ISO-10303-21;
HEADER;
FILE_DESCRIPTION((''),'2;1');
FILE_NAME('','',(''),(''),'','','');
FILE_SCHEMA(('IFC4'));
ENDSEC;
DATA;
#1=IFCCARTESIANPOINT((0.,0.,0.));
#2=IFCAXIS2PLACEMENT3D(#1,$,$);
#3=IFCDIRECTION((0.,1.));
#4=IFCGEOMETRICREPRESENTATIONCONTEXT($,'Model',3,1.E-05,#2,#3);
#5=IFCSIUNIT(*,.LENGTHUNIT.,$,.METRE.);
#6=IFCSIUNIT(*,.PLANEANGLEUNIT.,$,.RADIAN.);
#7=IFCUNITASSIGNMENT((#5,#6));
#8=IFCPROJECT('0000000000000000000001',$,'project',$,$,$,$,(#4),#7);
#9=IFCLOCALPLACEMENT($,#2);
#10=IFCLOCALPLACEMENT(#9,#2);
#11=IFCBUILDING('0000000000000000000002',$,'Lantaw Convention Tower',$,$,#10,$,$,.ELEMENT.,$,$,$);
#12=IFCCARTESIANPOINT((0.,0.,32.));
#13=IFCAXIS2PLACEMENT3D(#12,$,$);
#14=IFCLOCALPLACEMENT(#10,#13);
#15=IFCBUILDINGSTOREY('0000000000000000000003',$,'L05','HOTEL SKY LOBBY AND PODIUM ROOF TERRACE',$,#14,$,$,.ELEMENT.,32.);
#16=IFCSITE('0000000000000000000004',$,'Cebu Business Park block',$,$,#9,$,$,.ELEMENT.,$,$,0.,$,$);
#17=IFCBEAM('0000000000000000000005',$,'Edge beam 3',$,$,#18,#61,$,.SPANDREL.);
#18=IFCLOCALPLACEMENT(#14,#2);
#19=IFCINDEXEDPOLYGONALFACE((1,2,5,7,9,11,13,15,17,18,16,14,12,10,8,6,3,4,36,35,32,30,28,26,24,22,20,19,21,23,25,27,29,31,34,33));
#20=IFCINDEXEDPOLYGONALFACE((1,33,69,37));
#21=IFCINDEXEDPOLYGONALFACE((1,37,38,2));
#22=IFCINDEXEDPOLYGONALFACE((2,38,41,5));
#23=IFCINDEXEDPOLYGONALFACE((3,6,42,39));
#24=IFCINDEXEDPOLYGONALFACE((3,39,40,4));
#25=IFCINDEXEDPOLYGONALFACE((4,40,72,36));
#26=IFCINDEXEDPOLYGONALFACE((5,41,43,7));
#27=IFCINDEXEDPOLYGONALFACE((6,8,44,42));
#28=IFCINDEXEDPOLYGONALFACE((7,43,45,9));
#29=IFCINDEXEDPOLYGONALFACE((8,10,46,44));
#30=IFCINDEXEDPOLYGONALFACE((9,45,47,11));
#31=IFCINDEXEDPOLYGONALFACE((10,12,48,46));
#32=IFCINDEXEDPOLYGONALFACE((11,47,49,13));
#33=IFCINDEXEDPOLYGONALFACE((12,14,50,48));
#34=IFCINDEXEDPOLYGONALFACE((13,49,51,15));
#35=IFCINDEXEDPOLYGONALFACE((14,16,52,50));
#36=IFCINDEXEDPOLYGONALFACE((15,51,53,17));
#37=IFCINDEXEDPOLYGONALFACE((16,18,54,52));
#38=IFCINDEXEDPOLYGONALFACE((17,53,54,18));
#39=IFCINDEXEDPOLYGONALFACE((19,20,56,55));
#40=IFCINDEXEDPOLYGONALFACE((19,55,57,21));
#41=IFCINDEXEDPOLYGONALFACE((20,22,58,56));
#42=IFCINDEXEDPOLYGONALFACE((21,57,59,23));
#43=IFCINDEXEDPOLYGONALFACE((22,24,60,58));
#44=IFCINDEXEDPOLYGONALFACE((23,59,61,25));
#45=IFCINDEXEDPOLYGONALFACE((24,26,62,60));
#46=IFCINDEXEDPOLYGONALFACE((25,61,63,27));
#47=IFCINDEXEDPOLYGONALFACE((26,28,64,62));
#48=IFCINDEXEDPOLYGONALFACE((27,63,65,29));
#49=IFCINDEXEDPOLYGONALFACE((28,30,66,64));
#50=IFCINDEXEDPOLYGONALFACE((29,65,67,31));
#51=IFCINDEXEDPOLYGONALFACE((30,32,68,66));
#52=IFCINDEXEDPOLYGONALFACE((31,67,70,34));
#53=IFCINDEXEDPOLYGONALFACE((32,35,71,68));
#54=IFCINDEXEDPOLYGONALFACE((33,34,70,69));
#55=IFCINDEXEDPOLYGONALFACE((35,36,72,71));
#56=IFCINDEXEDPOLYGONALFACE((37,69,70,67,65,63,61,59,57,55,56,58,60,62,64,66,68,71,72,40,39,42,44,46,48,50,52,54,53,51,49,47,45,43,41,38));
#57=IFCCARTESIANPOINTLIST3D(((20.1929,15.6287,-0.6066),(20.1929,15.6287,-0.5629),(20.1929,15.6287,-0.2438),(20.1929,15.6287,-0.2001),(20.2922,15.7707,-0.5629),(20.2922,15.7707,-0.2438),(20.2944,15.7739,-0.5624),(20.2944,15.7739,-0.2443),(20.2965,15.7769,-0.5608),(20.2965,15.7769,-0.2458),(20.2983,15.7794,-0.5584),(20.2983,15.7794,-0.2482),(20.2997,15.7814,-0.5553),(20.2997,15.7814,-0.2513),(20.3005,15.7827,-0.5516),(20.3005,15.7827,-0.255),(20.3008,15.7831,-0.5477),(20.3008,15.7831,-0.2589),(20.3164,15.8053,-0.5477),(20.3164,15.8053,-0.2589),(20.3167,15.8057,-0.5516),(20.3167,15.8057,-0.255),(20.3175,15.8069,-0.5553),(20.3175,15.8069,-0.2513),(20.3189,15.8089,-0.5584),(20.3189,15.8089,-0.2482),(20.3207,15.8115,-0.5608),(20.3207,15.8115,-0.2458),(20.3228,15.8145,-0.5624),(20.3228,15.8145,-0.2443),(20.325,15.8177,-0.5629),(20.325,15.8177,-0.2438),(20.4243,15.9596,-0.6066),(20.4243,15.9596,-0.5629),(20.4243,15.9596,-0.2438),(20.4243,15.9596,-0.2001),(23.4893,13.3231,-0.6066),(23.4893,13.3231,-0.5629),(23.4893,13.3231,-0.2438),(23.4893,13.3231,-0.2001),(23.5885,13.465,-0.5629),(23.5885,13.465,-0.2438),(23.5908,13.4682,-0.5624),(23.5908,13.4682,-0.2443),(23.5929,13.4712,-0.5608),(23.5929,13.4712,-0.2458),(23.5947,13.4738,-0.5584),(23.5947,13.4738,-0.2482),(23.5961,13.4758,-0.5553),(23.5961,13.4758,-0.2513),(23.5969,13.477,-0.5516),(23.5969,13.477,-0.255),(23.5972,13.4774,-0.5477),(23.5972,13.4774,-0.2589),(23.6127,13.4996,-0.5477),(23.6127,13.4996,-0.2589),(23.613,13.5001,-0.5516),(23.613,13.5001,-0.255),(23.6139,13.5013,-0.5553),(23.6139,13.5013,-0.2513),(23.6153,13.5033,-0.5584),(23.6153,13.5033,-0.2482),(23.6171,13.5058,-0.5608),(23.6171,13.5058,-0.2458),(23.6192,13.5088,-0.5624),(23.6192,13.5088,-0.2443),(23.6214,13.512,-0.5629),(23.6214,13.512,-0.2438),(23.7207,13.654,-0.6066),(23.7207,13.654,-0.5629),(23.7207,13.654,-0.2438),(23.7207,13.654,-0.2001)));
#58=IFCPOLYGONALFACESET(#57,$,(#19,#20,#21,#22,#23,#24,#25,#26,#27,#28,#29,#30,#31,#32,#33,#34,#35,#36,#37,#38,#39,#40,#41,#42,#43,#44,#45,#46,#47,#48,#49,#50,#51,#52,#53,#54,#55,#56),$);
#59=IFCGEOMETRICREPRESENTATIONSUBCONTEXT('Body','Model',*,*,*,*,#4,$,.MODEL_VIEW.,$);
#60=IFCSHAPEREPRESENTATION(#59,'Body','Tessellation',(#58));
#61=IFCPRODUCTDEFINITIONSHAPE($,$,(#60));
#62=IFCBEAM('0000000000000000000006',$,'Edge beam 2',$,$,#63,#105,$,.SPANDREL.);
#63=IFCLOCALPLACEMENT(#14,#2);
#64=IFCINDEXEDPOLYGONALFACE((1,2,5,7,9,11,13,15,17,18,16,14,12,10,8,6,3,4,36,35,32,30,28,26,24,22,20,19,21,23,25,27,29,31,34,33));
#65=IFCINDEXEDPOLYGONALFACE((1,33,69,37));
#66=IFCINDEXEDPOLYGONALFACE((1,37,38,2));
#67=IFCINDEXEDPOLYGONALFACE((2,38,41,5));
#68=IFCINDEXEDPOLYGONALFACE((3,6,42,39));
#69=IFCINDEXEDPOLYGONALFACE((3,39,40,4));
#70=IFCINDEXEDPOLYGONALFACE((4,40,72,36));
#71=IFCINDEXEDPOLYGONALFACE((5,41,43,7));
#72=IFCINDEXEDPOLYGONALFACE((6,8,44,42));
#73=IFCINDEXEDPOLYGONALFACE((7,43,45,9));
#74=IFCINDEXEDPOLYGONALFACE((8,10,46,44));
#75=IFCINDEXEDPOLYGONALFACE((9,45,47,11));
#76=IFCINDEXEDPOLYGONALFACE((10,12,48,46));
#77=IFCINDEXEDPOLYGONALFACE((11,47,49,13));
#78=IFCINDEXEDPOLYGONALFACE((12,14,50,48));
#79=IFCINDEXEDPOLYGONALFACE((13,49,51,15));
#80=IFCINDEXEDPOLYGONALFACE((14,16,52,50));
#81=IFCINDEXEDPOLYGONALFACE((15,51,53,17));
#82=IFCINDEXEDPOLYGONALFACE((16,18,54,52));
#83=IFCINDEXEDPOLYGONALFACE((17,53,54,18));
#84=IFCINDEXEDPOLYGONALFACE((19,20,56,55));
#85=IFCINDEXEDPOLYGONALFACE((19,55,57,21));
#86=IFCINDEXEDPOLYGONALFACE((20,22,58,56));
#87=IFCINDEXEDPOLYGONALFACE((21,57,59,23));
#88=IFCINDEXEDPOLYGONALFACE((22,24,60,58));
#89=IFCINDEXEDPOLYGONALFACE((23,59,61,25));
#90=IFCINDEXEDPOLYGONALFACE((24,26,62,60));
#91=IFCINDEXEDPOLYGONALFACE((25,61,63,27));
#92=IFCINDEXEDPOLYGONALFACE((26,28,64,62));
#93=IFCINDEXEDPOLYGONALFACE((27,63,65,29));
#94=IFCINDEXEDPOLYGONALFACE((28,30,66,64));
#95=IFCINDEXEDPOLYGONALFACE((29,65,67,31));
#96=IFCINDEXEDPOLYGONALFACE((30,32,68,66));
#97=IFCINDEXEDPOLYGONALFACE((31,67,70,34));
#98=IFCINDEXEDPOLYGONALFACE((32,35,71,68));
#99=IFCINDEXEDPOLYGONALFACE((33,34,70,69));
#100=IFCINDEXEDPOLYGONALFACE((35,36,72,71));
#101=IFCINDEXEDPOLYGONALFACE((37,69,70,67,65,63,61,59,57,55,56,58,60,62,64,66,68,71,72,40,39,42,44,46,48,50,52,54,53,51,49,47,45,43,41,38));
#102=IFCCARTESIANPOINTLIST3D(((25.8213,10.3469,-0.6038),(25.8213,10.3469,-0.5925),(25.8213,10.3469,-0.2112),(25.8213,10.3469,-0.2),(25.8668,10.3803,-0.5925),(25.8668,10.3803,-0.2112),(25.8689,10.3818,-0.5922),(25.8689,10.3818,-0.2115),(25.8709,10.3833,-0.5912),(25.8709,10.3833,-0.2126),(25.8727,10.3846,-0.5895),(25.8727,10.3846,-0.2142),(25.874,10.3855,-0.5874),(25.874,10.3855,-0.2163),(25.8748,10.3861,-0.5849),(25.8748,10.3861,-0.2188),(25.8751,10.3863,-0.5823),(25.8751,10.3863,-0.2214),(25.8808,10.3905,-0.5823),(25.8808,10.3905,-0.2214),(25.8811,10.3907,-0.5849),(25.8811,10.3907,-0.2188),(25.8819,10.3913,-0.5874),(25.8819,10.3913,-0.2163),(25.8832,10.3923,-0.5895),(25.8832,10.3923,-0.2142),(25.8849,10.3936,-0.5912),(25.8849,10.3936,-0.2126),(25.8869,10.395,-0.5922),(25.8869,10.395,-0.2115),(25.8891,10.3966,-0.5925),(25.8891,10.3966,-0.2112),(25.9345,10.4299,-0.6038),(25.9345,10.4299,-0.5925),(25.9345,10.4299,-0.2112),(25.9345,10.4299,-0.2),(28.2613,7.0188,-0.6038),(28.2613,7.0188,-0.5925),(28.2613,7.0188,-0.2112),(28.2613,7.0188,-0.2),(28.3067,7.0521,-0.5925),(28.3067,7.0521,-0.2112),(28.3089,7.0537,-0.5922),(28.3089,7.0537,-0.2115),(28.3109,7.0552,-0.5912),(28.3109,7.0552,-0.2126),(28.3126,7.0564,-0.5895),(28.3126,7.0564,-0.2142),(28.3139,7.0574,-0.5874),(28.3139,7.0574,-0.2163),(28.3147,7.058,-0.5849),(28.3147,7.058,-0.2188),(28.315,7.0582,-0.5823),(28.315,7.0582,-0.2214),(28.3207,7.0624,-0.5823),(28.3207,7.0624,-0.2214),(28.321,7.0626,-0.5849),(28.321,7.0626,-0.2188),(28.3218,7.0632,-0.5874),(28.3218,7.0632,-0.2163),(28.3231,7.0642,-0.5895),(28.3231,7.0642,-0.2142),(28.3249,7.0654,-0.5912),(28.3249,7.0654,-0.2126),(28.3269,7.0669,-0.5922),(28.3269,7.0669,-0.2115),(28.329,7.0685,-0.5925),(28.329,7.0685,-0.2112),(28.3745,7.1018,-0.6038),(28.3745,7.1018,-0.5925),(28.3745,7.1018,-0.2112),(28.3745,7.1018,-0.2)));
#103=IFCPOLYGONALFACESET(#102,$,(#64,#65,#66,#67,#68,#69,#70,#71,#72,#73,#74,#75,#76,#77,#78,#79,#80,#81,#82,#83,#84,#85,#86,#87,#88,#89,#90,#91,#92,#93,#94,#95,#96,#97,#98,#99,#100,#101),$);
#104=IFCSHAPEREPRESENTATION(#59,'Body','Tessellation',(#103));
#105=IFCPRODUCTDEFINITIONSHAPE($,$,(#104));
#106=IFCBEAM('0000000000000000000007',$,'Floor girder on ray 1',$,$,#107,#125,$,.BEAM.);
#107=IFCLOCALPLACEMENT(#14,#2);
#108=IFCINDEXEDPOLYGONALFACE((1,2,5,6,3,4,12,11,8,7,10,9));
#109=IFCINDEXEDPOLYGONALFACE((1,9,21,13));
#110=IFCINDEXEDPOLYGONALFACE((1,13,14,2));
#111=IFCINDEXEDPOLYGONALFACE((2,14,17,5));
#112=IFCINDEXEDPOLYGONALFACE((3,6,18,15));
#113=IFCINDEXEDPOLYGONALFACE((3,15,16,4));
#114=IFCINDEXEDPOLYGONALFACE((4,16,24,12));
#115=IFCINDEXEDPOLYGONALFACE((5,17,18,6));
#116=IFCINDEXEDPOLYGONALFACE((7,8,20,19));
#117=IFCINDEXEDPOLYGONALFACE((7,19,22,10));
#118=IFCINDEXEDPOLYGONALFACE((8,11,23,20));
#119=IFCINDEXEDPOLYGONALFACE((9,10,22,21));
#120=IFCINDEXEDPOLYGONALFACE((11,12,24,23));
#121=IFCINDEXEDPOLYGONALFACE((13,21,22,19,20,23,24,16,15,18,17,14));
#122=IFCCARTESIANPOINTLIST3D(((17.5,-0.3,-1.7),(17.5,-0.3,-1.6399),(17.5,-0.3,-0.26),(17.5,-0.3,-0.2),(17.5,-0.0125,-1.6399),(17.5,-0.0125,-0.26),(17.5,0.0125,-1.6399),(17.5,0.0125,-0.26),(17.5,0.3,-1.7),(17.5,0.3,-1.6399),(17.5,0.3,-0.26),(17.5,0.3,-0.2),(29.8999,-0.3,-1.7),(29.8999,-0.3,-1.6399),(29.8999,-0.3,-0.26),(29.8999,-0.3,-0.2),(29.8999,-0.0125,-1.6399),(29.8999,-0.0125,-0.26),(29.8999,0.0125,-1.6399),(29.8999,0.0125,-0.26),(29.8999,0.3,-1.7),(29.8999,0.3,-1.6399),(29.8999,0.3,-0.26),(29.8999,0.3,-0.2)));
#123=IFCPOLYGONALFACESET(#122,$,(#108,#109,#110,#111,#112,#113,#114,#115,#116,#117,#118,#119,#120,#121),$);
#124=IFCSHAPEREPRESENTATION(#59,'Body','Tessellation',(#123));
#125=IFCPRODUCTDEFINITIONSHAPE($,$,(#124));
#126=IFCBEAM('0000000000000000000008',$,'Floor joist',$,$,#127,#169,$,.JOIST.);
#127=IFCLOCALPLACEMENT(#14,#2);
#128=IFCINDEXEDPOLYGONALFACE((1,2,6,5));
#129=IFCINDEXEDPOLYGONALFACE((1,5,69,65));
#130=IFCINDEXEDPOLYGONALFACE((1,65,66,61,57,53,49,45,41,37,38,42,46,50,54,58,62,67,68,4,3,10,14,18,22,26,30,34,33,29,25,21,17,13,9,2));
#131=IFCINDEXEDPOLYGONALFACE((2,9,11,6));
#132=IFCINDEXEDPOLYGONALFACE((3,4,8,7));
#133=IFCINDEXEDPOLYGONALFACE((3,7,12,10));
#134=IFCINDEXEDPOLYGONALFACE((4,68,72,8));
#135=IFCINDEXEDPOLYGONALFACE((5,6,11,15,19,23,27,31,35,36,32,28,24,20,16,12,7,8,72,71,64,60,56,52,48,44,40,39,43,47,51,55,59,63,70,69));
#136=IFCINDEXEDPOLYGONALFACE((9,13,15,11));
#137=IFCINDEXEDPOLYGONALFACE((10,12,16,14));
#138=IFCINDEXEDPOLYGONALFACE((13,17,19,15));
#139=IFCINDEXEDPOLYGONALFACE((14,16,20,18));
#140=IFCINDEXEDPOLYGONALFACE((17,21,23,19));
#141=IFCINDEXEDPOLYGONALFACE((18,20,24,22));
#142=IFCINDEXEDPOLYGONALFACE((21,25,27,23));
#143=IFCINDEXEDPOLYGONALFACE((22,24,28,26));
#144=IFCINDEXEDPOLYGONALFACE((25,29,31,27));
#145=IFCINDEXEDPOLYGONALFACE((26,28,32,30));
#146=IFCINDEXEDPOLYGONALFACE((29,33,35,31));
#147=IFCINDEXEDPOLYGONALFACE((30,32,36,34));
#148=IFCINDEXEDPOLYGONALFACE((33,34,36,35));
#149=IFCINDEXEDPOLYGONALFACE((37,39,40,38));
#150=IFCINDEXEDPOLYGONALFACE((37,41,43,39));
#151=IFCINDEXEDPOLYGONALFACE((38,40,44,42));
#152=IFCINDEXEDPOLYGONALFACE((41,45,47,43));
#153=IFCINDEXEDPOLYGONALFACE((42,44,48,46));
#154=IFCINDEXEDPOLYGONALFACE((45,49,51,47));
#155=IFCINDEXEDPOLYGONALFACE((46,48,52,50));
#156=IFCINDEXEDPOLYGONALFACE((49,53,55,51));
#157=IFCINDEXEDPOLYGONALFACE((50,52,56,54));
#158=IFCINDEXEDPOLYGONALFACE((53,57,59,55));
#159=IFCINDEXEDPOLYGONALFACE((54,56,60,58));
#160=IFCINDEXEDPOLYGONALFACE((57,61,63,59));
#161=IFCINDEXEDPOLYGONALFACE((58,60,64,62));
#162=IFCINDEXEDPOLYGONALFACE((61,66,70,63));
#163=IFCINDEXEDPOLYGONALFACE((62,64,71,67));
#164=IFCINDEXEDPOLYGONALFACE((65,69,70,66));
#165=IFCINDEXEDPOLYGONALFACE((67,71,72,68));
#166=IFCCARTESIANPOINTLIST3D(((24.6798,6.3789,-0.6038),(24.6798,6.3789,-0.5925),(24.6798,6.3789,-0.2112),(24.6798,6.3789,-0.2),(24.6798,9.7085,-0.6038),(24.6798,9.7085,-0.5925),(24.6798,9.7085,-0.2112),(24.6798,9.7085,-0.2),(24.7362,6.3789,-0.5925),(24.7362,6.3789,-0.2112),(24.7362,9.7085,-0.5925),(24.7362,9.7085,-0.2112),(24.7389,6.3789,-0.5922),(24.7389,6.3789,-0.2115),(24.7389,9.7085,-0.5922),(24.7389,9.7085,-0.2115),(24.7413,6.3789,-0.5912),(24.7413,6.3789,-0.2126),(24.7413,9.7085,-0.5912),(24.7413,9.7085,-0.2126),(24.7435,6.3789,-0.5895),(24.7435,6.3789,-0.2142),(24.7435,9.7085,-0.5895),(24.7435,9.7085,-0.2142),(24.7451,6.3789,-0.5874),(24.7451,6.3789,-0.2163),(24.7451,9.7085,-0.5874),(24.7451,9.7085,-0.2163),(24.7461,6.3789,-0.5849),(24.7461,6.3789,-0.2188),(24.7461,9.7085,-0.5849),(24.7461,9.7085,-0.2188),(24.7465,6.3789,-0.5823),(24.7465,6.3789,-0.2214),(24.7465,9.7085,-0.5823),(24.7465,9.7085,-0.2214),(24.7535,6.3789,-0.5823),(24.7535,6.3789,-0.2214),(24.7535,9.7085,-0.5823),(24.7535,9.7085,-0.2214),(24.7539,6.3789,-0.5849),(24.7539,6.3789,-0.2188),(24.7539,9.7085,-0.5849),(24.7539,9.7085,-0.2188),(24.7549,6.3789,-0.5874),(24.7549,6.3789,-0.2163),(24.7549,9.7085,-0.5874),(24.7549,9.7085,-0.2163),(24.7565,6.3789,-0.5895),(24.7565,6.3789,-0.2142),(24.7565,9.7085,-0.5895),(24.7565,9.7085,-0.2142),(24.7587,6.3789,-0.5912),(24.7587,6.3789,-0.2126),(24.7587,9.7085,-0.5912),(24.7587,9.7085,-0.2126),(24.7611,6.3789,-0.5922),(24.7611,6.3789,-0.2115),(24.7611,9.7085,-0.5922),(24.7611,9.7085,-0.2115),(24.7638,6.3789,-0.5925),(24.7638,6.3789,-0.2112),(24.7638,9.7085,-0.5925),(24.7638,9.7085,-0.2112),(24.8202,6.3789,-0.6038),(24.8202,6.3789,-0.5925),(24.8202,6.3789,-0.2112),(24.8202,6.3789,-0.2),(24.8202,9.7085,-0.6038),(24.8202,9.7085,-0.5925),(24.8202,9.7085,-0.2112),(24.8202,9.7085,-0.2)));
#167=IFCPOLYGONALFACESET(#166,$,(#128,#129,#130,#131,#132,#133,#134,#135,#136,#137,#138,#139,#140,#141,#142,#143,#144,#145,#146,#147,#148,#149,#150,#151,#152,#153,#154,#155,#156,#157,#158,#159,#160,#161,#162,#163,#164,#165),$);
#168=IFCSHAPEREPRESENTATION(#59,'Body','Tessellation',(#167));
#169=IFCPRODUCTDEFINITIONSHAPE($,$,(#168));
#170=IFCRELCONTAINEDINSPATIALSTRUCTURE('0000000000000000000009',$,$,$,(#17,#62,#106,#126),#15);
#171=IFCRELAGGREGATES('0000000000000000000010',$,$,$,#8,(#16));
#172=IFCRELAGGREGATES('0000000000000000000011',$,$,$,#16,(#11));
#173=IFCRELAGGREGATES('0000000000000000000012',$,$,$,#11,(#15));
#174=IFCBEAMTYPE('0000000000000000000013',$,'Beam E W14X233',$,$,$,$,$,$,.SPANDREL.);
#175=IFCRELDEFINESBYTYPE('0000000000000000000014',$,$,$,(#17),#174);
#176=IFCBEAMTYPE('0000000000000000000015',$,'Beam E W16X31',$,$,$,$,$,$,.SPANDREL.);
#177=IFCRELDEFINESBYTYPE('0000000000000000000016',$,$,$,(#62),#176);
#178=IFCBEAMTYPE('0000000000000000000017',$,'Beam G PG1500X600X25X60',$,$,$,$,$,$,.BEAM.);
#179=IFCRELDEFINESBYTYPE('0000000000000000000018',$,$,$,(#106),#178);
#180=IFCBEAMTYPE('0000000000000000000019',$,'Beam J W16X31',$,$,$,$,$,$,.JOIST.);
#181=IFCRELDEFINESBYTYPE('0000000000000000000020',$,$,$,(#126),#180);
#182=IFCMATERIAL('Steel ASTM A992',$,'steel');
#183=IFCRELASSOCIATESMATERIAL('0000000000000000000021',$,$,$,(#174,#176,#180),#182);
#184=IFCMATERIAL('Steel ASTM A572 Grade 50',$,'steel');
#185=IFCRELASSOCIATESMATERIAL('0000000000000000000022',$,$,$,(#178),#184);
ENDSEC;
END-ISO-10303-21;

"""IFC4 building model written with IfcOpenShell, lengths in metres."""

from ifc_helpers import new_model, si_unit, direction, frame, origin, origin_2d, place, context, subcontext, project, spatial, i_section, extrude, material, material_profile, profile_set, type_object, element, save


model = new_model("IFC4")

# Units and contexts
model_context = context("Model", 3, precision=1e-05, world=origin(), true_north=direction((0.0, 1.0)))
body_context = subcontext(model_context, "Body", "Model", "MODEL_VIEW")
ifc_project = project(units=[si_unit("LENGTHUNIT", "METRE"), si_unit("PLANEANGLEUNIT", "RADIAN")], contexts=[model_context])

# Site, building, storey
site_placement = place(None, origin())
site = spatial("IfcSite", under=ifc_project, at=site_placement, Name="Cebu Business Park block", CompositionType="ELEMENT", RefElevation=0.0)
building_placement = place(site_placement, origin())
building = spatial("IfcBuilding", under=site, at=building_placement, Name="Lantaw Convention Tower", CompositionType="ELEMENT")
storey_placement = place(building_placement, frame((0.0, 0.0, 32.0)))
storey = spatial("IfcBuildingStorey", under=building, at=storey_placement, Name="L05", Description="HOTEL SKY LOBBY AND PODIUM ROOF TERRACE", CompositionType="ELEMENT", Elevation=32.0)

# Beams
ifc_material_1 = material(Name="Steel ASTM A992", Category="steel")
ifc_material_profile_1 = material_profile(ifc_material_1, i_section(OverallWidth=0.4038, OverallDepth=0.4065, WebThickness=0.0271, FlangeThickness=0.0437, FilletRadius=0.0151, at=origin_2d()), Name="W14X233")
ifc_profile_set_1 = profile_set([ifc_material_profile_1], Name="Steel ASTM A992")
beam_type_1 = type_object("IfcBeamType", Name="Beam E W14X233", PredefinedType="SPANDREL", material=ifc_profile_set_1)
beam_1_placement = place(storey_placement, frame((23.605, 13.4885, -0.4033), z_axis=(-0.819443, 0.573161, 0.0), x_axis=(-0.573161, -0.819443, 0.0)))
element("IfcBeam", 1, at=beam_1_placement, inside=storey, type_object=beam_type_1, Name="Edge beam 3", PredefinedType="SPANDREL", context=body_context, shape_type="SweptSolid", body=[
    extrude(i_section(OverallWidth=0.4038, OverallDepth=0.4065, WebThickness=0.0271, FlangeThickness=0.0437, FilletRadius=0.0151, at=origin_2d()), origin(), (0.0, 0.0, 1.0), 4.0227),
])
ifc_material_profile_2 = material_profile(ifc_material_1, i_section(OverallWidth=0.1404, OverallDepth=0.4038, WebThickness=0.0071, FlangeThickness=0.0112, FilletRadius=0.0103, at=origin_2d()), Name="W16X31")
ifc_profile_set_2 = profile_set([ifc_material_profile_2], Name="Steel ASTM A992")
beam_type_2 = type_object("IfcBeamType", Name="Beam E W16X31", PredefinedType="SPANDREL", material=ifc_profile_set_2)
beam_2_placement = place(storey_placement, frame((28.3179, 7.0603, -0.4019), z_axis=(-0.591256, 0.806484, 0.0), x_axis=(-0.806484, -0.591256, 0.0)))
element("IfcBeam", 2, at=beam_2_placement, inside=storey, type_object=beam_type_2, Name="Edge beam 2", PredefinedType="SPANDREL", context=body_context, shape_type="SweptSolid", body=[
    extrude(i_section(OverallWidth=0.1404, OverallDepth=0.4038, WebThickness=0.0071, FlangeThickness=0.0112, FilletRadius=0.0103, at=origin_2d()), origin(), (0.0, 0.0, 1.0), 4.1267),
])
ifc_material_2 = material(Name="Steel ASTM A572 Grade 50", Category="steel")
ifc_material_profile_3 = material_profile(ifc_material_2, i_section(OverallWidth=0.6001, OverallDepth=1.5, WebThickness=0.0249, FlangeThickness=0.0601, at=origin_2d()), Name="PG1500X600X25X60")
ifc_profile_set_3 = profile_set([ifc_material_profile_3], Name="Steel ASTM A572 Grade 50")
beam_type_3 = type_object("IfcBeamType", Name="Beam G PG1500X600X25X60", PredefinedType="BEAM", material=ifc_profile_set_3)
beam_3_placement = place(storey_placement, frame((17.5, 0.0, -0.95), z_axis=(1.0, 0.0, 0.0), x_axis=(0.0, 1.0, 0.0)))
element("IfcBeam", 3, at=beam_3_placement, inside=storey, type_object=beam_type_3, Name="Floor girder on ray 1", PredefinedType="BEAM", context=body_context, shape_type="SweptSolid", body=[
    extrude(i_section(OverallWidth=0.6001, OverallDepth=1.5, WebThickness=0.0249, FlangeThickness=0.0601, at=origin_2d()), origin(), (0.0, 0.0, 1.0), 12.3999),
])
ifc_material_profile_4 = material_profile(ifc_material_1, i_section(OverallWidth=0.1404, OverallDepth=0.4038, WebThickness=0.0071, FlangeThickness=0.0112, FilletRadius=0.0103, at=origin_2d()), Name="W16X31")
ifc_profile_set_4 = profile_set([ifc_material_profile_4], Name="Steel ASTM A992")
beam_type_4 = type_object("IfcBeamType", Name="Beam J W16X31", PredefinedType="JOIST", material=ifc_profile_set_4)
beam_4_placement = place(storey_placement, frame((24.75, 6.3789, -0.4019), z_axis=(0.0, 1.0, 0.0), x_axis=(-1.0, 0.0, 0.0)))
element("IfcBeam", 4, at=beam_4_placement, inside=storey, type_object=beam_type_4, Name="Floor joist", PredefinedType="JOIST", context=body_context, shape_type="SweptSolid", body=[
    extrude(i_section(OverallWidth=0.1404, OverallDepth=0.4038, WebThickness=0.0071, FlangeThickness=0.0112, FilletRadius=0.0103, at=origin_2d()), origin(), (0.0, 0.0, 1.0), 3.3296),
])

save(model, "model.ifc")
